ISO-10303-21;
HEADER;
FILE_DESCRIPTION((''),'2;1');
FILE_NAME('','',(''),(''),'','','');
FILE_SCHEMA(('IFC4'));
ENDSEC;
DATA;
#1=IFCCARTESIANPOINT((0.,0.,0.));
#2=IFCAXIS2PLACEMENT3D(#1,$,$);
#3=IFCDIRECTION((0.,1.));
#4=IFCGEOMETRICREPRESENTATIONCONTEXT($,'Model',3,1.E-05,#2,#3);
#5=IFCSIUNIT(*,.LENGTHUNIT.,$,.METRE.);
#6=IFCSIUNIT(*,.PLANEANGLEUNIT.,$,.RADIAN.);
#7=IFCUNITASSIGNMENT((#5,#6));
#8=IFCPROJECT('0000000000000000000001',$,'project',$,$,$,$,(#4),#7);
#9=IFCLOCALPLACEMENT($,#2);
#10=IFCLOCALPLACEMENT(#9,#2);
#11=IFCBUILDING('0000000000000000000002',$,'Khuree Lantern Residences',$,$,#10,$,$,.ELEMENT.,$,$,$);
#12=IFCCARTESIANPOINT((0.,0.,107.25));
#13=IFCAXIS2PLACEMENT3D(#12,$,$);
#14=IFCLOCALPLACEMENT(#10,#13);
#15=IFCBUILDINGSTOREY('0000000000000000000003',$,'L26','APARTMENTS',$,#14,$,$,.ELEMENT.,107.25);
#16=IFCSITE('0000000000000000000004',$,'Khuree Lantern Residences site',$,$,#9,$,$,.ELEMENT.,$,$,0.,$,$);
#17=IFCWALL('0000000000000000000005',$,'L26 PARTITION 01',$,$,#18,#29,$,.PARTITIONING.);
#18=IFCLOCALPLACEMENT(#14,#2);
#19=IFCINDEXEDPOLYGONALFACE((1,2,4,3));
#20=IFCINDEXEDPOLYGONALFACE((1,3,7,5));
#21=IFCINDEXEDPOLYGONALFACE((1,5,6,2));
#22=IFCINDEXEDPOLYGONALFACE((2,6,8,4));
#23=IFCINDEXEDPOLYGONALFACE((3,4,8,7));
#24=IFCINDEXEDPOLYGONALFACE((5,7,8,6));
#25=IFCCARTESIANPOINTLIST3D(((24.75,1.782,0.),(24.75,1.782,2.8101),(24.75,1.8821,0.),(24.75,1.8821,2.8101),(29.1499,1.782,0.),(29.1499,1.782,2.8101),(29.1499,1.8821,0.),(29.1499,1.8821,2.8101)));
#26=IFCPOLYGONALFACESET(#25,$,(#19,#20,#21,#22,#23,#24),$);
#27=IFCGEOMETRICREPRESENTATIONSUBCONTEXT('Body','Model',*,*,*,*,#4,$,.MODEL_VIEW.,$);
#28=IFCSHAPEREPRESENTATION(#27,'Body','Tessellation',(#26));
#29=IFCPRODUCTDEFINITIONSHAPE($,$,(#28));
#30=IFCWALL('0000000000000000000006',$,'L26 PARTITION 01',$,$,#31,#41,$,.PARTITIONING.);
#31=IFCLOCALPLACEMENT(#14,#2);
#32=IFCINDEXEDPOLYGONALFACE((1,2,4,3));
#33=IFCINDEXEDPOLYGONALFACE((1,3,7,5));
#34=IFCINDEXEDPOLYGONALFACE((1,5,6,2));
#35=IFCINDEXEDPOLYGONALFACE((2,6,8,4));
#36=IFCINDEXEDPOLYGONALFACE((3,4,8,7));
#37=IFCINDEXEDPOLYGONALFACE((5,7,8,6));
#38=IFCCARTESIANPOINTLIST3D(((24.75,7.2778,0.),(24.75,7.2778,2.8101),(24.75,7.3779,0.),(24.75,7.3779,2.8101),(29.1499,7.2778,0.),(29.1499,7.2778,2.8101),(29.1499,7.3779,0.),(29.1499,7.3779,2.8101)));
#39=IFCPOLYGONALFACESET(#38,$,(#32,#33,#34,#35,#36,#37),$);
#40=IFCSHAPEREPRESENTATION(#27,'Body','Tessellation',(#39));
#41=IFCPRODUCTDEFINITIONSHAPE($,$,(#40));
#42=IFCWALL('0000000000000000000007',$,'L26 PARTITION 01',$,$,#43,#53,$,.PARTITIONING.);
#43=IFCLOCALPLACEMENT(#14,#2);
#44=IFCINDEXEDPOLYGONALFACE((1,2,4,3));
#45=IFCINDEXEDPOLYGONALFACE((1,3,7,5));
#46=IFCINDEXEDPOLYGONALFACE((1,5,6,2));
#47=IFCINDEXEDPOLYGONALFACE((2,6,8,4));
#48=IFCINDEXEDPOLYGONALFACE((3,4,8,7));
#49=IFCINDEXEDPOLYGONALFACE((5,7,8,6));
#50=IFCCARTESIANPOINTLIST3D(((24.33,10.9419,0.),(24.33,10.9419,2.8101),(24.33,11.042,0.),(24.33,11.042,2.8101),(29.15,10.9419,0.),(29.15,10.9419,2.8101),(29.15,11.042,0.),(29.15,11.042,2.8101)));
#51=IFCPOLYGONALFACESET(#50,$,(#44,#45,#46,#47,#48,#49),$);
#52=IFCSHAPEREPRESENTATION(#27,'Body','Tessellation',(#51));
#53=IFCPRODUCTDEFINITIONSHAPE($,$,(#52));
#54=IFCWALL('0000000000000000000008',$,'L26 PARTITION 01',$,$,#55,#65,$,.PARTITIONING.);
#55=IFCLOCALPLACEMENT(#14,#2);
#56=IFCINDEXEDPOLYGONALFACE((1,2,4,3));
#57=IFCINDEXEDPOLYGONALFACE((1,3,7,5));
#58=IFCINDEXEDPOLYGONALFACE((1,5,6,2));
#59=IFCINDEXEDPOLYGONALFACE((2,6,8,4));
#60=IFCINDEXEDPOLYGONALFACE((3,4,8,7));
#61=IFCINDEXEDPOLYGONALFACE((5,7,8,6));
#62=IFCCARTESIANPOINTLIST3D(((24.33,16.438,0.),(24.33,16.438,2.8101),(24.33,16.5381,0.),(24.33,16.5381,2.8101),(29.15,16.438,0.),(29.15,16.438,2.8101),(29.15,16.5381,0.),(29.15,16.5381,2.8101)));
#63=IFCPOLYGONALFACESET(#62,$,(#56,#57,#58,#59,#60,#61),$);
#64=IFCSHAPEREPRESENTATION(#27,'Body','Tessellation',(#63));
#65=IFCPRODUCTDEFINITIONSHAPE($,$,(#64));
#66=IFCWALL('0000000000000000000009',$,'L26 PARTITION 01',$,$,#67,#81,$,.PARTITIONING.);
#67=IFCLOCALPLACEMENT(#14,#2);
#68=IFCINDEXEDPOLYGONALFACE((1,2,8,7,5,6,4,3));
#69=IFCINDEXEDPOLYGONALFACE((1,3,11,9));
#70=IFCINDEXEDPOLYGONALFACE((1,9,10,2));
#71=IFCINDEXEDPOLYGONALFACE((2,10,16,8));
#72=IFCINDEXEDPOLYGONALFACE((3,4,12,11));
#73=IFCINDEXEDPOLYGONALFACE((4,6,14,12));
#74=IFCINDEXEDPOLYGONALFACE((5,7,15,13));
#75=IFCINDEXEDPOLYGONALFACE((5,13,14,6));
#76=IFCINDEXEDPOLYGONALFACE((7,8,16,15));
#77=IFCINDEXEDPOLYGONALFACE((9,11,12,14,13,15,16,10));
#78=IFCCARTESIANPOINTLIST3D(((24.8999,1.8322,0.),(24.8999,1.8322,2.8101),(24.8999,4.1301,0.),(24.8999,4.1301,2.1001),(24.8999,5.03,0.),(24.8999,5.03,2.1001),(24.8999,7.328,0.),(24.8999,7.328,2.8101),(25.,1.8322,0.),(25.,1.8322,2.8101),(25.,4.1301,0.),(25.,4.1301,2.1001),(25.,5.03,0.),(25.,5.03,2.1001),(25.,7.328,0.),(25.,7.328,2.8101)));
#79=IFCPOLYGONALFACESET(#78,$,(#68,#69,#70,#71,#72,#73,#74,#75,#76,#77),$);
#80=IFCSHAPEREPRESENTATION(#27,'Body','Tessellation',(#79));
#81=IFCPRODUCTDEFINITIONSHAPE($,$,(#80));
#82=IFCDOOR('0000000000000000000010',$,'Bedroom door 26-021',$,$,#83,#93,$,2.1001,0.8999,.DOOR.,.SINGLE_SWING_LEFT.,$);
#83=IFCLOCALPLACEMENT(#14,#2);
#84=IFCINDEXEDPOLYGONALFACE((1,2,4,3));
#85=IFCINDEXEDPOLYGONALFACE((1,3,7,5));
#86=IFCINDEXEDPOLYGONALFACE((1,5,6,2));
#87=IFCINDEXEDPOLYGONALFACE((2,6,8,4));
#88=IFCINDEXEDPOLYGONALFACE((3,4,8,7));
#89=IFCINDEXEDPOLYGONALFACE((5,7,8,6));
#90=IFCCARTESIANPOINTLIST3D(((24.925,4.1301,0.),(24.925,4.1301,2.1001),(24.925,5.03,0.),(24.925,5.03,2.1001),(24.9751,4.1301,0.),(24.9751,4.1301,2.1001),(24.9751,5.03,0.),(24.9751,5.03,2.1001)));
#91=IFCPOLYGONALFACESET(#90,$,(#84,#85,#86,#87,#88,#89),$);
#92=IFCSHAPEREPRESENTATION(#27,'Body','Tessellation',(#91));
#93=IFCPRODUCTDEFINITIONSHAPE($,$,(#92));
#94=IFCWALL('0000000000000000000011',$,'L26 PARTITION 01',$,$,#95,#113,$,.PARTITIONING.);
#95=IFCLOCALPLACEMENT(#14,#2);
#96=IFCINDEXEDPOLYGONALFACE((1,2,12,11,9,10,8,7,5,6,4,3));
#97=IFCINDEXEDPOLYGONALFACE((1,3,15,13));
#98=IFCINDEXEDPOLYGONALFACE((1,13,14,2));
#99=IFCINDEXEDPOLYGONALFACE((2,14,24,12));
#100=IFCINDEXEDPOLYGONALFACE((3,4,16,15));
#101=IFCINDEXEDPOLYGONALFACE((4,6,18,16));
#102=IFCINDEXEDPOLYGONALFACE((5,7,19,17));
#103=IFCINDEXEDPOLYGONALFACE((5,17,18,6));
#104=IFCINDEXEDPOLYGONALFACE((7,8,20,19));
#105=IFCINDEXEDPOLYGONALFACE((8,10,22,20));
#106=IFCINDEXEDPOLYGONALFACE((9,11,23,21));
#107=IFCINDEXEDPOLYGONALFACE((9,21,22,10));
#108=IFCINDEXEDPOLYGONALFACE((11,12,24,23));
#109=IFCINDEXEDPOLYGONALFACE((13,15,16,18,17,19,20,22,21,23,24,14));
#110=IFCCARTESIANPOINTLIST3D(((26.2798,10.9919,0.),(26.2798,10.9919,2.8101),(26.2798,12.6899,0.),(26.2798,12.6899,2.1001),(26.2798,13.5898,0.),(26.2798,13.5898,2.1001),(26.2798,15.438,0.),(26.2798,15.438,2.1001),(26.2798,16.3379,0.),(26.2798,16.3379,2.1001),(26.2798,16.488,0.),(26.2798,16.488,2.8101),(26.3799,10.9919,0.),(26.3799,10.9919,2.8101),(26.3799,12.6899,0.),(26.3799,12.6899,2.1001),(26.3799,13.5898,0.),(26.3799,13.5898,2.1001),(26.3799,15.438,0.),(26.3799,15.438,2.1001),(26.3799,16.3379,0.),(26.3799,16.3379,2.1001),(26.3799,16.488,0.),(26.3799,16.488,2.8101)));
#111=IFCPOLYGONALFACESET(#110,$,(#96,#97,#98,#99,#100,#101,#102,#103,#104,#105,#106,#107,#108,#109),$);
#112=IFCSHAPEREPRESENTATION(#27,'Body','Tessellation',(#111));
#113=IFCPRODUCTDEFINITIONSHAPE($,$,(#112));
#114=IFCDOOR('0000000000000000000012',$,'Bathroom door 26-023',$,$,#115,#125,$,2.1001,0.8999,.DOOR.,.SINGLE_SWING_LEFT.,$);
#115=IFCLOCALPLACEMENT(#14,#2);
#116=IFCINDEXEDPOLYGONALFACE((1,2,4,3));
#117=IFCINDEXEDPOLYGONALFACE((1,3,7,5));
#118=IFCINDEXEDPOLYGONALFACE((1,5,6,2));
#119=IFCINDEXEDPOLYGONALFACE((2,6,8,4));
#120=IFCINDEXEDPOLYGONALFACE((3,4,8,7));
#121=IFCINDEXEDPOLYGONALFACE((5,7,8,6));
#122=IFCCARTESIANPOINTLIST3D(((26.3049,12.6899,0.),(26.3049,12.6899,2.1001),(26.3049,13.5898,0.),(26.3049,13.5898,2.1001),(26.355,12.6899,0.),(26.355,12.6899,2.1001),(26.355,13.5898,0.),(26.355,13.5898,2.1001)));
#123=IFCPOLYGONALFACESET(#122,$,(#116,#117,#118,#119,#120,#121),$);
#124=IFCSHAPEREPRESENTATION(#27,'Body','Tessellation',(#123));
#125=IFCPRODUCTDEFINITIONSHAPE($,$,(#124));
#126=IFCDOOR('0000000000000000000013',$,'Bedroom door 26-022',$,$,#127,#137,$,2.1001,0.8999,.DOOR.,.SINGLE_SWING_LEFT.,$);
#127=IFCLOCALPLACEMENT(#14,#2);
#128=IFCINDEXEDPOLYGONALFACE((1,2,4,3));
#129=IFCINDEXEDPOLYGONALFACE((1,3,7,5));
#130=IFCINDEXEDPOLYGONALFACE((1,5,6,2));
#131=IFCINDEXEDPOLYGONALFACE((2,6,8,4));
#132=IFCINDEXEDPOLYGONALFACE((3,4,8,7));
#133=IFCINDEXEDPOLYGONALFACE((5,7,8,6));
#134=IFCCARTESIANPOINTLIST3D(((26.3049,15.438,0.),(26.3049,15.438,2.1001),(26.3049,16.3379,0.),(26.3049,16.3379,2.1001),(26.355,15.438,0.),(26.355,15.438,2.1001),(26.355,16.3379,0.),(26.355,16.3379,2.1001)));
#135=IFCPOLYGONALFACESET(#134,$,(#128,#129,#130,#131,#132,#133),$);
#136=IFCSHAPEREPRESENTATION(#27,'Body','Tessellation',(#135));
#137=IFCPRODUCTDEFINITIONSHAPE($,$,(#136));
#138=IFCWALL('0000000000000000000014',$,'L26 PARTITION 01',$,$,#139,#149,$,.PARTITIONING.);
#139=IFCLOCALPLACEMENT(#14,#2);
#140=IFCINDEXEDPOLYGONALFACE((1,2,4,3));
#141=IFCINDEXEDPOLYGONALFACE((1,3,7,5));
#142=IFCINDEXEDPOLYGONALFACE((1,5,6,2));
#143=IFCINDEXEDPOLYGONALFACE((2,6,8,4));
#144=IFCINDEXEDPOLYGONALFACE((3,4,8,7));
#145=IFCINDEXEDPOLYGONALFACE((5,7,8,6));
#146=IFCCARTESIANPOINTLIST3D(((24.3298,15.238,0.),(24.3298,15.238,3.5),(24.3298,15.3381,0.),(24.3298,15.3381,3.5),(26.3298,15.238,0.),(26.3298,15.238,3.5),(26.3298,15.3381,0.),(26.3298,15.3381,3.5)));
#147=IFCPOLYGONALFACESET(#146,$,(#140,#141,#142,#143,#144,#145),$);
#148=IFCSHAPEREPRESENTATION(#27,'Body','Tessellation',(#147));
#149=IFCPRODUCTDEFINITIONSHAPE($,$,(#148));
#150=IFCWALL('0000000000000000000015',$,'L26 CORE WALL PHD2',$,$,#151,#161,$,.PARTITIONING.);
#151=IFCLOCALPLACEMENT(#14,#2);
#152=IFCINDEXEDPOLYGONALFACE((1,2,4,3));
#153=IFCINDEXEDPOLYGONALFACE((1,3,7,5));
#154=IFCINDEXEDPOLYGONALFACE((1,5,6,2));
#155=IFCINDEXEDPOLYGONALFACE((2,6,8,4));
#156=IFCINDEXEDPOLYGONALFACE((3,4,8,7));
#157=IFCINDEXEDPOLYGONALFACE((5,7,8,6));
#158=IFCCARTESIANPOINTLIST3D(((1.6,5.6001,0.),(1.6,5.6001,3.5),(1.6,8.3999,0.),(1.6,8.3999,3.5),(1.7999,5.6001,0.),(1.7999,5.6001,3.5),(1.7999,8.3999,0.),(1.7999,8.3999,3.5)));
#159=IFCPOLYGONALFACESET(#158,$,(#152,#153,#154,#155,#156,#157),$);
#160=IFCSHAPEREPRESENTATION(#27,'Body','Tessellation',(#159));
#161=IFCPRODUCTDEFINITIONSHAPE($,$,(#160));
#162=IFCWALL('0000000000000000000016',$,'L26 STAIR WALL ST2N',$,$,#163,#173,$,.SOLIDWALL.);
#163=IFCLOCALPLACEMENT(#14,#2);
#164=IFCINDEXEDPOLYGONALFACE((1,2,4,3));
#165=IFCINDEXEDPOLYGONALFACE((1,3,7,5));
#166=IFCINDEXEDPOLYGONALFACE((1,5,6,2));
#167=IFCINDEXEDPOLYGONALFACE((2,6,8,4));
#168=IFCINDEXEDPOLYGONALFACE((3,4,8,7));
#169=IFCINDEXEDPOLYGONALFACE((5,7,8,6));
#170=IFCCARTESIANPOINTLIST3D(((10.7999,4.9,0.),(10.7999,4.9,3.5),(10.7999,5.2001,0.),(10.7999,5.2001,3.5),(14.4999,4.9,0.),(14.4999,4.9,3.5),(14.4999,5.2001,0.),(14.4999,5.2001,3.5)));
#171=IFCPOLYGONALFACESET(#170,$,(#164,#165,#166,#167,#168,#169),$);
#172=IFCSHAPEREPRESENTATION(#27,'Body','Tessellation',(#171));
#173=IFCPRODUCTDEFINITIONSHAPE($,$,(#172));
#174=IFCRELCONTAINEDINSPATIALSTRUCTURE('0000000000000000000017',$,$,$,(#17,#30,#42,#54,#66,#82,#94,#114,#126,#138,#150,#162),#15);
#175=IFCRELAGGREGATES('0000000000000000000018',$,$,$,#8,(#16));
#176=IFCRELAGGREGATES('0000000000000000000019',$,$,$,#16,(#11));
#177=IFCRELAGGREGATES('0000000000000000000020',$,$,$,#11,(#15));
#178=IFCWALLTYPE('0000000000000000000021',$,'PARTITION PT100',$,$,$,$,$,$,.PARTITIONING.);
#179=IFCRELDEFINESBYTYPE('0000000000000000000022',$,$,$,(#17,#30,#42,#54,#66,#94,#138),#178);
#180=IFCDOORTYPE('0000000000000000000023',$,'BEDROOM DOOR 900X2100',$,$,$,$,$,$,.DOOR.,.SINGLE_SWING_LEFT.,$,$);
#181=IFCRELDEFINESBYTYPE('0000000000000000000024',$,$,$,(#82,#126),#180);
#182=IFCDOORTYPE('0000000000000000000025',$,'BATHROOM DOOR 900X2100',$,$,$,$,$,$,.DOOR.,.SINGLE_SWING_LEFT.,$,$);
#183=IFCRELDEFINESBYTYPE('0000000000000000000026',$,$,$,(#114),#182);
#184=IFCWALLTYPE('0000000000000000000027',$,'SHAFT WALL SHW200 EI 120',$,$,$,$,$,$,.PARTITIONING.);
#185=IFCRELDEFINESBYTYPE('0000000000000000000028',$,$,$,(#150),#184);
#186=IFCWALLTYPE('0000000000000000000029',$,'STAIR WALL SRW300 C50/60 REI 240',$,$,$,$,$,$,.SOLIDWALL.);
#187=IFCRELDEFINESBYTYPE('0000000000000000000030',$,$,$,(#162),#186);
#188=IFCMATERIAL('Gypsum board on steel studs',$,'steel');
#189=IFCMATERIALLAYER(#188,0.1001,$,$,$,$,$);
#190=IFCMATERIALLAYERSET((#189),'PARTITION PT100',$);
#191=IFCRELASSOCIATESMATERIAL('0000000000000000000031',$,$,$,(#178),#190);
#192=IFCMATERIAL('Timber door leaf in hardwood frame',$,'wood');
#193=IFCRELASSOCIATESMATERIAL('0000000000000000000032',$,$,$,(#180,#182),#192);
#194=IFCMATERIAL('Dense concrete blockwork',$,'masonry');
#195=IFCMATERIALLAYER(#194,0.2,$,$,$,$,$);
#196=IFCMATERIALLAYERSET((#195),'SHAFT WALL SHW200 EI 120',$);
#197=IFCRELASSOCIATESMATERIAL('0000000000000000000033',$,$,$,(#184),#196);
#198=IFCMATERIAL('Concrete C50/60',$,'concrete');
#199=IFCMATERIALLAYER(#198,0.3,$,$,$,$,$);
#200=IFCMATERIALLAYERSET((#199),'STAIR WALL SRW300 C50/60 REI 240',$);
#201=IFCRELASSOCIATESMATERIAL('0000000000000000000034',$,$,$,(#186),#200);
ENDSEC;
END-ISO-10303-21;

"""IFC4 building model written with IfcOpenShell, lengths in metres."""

from ifc_helpers import new_model, si_unit, direction, frame, frame_2d, origin, place, context, subcontext, project, spatial, rectangle, extrude, material, layer, layer_set, type_object, element, fill, save


model = new_model("IFC4")

# Units and contexts
model_context = context("Model", 3, precision=1e-05, world=origin(), true_north=direction((0.0, 1.0)))
body_context = subcontext(model_context, "Body", "Model", "MODEL_VIEW")
ifc_project = project(units=[si_unit("LENGTHUNIT", "METRE"), si_unit("PLANEANGLEUNIT", "RADIAN")], contexts=[model_context])

# Site, building, storey
site_placement = place(None, origin())
site = spatial("IfcSite", under=ifc_project, at=site_placement, Name="Khuree Lantern Residences site", CompositionType="ELEMENT", RefElevation=0.0)
building_placement = place(site_placement, origin())
building = spatial("IfcBuilding", under=site, at=building_placement, Name="Khuree Lantern Residences", CompositionType="ELEMENT")
storey_placement = place(building_placement, frame((0.0, 0.0, 107.25)))
storey = spatial("IfcBuildingStorey", under=building, at=storey_placement, Name="L26", Description="APARTMENTS", CompositionType="ELEMENT", Elevation=107.25)

# Walls
ifc_material_1 = material(Name="Dense concrete blockwork", Category="masonry")
ifc_material_2 = material(Name="Gypsum board on steel studs", Category="steel")
ifc_layer_1 = layer(ifc_material_2, 0.1001)
ifc_layer_set_1 = layer_set([ifc_layer_1], Name="PARTITION PT100")
wall_type_1 = type_object("IfcWallType", Name="PARTITION PT100", PredefinedType="PARTITIONING", material=ifc_layer_set_1)
for number, where, z_axis, x_axis, name in (
    (1, (24.75, 1.832, 0.0), (0.0, 0.0, 1.0), (1.0, 0.0, 0.0), "L26 PARTITION 01"),
    (2, (24.75, 7.3279, 0.0), (0.0, 0.0, 1.0), (1.0, 0.0, 0.0), "L26 PARTITION 01"),
):
    element("IfcWall", number, at=place(storey_placement, frame(where, z_axis=z_axis, x_axis=x_axis)), inside=storey, type_object=wall_type_1, Name=name, PredefinedType="PARTITIONING", context=body_context, shape_type="SweptSolid", body=[
        extrude(rectangle(XDim=4.3999, YDim=0.1001, at=frame_2d((2.2, 0.0))), origin(), (0.0, 0.0, 1.0), 2.8101),
    ])
for number, where, z_axis, x_axis, name in (
    (3, (24.3298, 10.9919, 0.0), (0.0, 0.0, 1.0), (1.0, 0.0, 0.0), "L26 PARTITION 01"),
    (4, (24.3298, 16.488, 0.0), (0.0, 0.0, 1.0), (1.0, 0.0, 0.0), "L26 PARTITION 01"),
):
    element("IfcWall", number, at=place(storey_placement, frame(where, z_axis=z_axis, x_axis=x_axis)), inside=storey, type_object=wall_type_1, Name=name, PredefinedType="PARTITIONING", context=body_context, shape_type="SweptSolid", body=[
        extrude(rectangle(XDim=4.8201, YDim=0.1001, at=frame_2d((2.4102, 0.0))), origin(), (0.0, 0.0, 1.0), 2.8101),
    ])

# Wall, opening, door
wall_1_placement = place(storey_placement, frame((24.95, 1.832, 0.0), z_axis=(0.0, 0.0, 1.0), x_axis=(0.0, 1.0, 0.0)))
wall_1 = element("IfcWall", 5, at=wall_1_placement, inside=storey, type_object=wall_type_1, Name="L26 PARTITION 01", PredefinedType="PARTITIONING", context=body_context, shape_type="SweptSolid", body=[
    extrude(rectangle(XDim=5.4958, YDim=0.1001, at=frame_2d((2.748, 0.0))), origin(), (0.0, 0.0, 1.0), 2.8101),
])
opening_1_placement = place(wall_1_placement, frame((2.2981, 0.0, 0.0)))
opening_1 = element("IfcOpeningElement", 6, at=opening_1_placement, cuts=wall_1, PredefinedType="OPENING", context=body_context, shape_type="SweptSolid", body=[
    extrude(rectangle(XDim=0.8999, YDim=2.1001, at=frame_2d((0.45, 1.05))), frame((0.0, 0.0601, 0.0), z_axis=(0.0, -1.0, 0.0), x_axis=(1.0, 0.0, 0.0)), (0.0, 0.0, 1.0), 0.1201),
])
ifc_material_3 = material(Name="Timber door leaf in hardwood frame", Category="wood")
door_type_1 = type_object("IfcDoorType", Name="BEDROOM DOOR 900X2100", OperationType="SINGLE_SWING_LEFT", PredefinedType="DOOR", material=ifc_material_3)
door_1_placement = place(opening_1_placement, origin())
door_1 = element("IfcDoor", 7, at=door_1_placement, inside=storey, type_object=door_type_1, Name="Bedroom door 26-021", OperationType="SINGLE_SWING_LEFT", OverallHeight=2.1001, OverallWidth=0.8999, PredefinedType="DOOR", context=body_context, shape_type="SweptSolid", body=[
    extrude(rectangle(XDim=0.8999, YDim=2.1001, at=frame_2d((0.45, 1.05))), frame((0.0, 0.0249, 0.0), z_axis=(0.0, -1.0, 0.0), x_axis=(1.0, 0.0, 0.0)), (0.0, 0.0, 1.0), 0.05),
])
fill(opening_1, door_1)

# Wall, openings, doors
wall_2_placement = place(storey_placement, frame((26.3298, 10.9919, 0.0), z_axis=(0.0, 0.0, 1.0), x_axis=(0.0, 1.0, 0.0)))
wall_2 = element("IfcWall", 8, at=wall_2_placement, inside=storey, type_object=wall_type_1, Name="L26 PARTITION 01", PredefinedType="PARTITIONING", context=body_context, shape_type="SweptSolid", body=[
    extrude(rectangle(XDim=5.4961, YDim=0.1001, at=frame_2d((2.748, 0.0))), origin(), (0.0, 0.0, 1.0), 2.8101),
])
opening_2_placement = place(wall_2_placement, frame((4.446, 0.0, 0.0)))
opening_2 = element("IfcOpeningElement", 9, at=opening_2_placement, cuts=wall_2, PredefinedType="OPENING", context=body_context, shape_type="SweptSolid", body=[
    extrude(rectangle(XDim=0.8999, YDim=2.1001, at=frame_2d((0.45, 1.05))), frame((0.0, 0.0601, 0.0), z_axis=(0.0, -1.0, 0.0), x_axis=(1.0, 0.0, 0.0)), (0.0, 0.0, 1.0), 0.1201),
])
opening_3_placement = place(wall_2_placement, frame((1.698, 0.0, 0.0)))
opening_3 = element("IfcOpeningElement", 10, at=opening_3_placement, cuts=wall_2, PredefinedType="OPENING", context=body_context, shape_type="SweptSolid", body=[
    extrude(rectangle(XDim=0.8999, YDim=2.1001, at=frame_2d((0.45, 1.05))), frame((0.0, 0.0601, 0.0), z_axis=(0.0, -1.0, 0.0), x_axis=(1.0, 0.0, 0.0)), (0.0, 0.0, 1.0), 0.1201),
])
door_type_2 = type_object("IfcDoorType", Name="BATHROOM DOOR 900X2100", OperationType="SINGLE_SWING_LEFT", PredefinedType="DOOR", material=ifc_material_3)
door_2_placement = place(opening_3_placement, origin())
door_2 = element("IfcDoor", 11, at=door_2_placement, inside=storey, type_object=door_type_2, Name="Bathroom door 26-023", OperationType="SINGLE_SWING_LEFT", OverallHeight=2.1001, OverallWidth=0.8999, PredefinedType="DOOR", context=body_context, shape_type="SweptSolid", body=[
    extrude(rectangle(XDim=0.8999, YDim=2.1001, at=frame_2d((0.45, 1.05))), frame((0.0, 0.0249, 0.0), z_axis=(0.0, -1.0, 0.0), x_axis=(1.0, 0.0, 0.0)), (0.0, 0.0, 1.0), 0.05),
])
fill(opening_3, door_2)
door_3_placement = place(opening_2_placement, origin())
door_3 = element("IfcDoor", 12, at=door_3_placement, inside=storey, type_object=door_type_1, Name="Bedroom door 26-022", OperationType="SINGLE_SWING_LEFT", OverallHeight=2.1001, OverallWidth=0.8999, PredefinedType="DOOR", context=body_context, shape_type="SweptSolid", body=[
    extrude(rectangle(XDim=0.8999, YDim=2.1001, at=frame_2d((0.45, 1.05))), frame((0.0, 0.0249, 0.0), z_axis=(0.0, -1.0, 0.0), x_axis=(1.0, 0.0, 0.0)), (0.0, 0.0, 1.0), 0.05),
])
fill(opening_2, door_3)

# Walls
wall_3_placement = place(storey_placement, frame((24.3298, 15.2881, 0.0), z_axis=(0.0, 0.0, 1.0), x_axis=(1.0, 0.0, 0.0)))
element("IfcWall", 13, at=wall_3_placement, inside=storey, type_object=wall_type_1, Name="L26 PARTITION 01", PredefinedType="PARTITIONING", context=body_context, shape_type="SweptSolid", body=[
    extrude(rectangle(XDim=2.0, YDim=0.1001, at=frame_2d((1.0, 0.0))), origin(), (0.0, 0.0, 1.0), 3.5),
])
ifc_layer_2 = layer(ifc_material_1, 0.2)
ifc_layer_set_2 = layer_set([ifc_layer_2], Name="SHAFT WALL SHW200 EI 120")
wall_type_2 = type_object("IfcWallType", Name="SHAFT WALL SHW200 EI 120", PredefinedType="PARTITIONING", material=ifc_layer_set_2)
wall_4_placement = place(storey_placement, frame((1.7, 5.6001, 0.0), z_axis=(0.0, 0.0, 1.0), x_axis=(0.0, 1.0, 0.0)))
element("IfcWall", 14, at=wall_4_placement, inside=storey, type_object=wall_type_2, Name="L26 CORE WALL PHD2", PredefinedType="PARTITIONING", context=body_context, shape_type="SweptSolid", body=[
    extrude(rectangle(XDim=2.7998, YDim=0.2, at=frame_2d((1.3999, 0.0))), origin(), (0.0, 0.0, 1.0), 3.5),
])
ifc_material_4 = material(Name="Concrete C50/60", Category="concrete")
ifc_layer_3 = layer(ifc_material_4, 0.3)
ifc_layer_set_3 = layer_set([ifc_layer_3], Name="STAIR WALL SRW300 C50/60 REI 240")
wall_type_3 = type_object("IfcWallType", Name="STAIR WALL SRW300 C50/60 REI 240", PredefinedType="SOLIDWALL", material=ifc_layer_set_3)
wall_5_placement = place(storey_placement, frame((14.5, 5.05, 0.0), z_axis=(0.0, 0.0, 1.0), x_axis=(-1.0, 0.0, 0.0)))
element("IfcWall", 15, at=wall_5_placement, inside=storey, type_object=wall_type_3, Name="L26 STAIR WALL ST2N", PredefinedType="SOLIDWALL", context=body_context, shape_type="SweptSolid", body=[
    extrude(rectangle(XDim=3.7, YDim=0.3, at=frame_2d((1.8501, 0.0))), origin(), (0.0, 0.0, 1.0), 3.5),
])

save(model, "model.ifc")
